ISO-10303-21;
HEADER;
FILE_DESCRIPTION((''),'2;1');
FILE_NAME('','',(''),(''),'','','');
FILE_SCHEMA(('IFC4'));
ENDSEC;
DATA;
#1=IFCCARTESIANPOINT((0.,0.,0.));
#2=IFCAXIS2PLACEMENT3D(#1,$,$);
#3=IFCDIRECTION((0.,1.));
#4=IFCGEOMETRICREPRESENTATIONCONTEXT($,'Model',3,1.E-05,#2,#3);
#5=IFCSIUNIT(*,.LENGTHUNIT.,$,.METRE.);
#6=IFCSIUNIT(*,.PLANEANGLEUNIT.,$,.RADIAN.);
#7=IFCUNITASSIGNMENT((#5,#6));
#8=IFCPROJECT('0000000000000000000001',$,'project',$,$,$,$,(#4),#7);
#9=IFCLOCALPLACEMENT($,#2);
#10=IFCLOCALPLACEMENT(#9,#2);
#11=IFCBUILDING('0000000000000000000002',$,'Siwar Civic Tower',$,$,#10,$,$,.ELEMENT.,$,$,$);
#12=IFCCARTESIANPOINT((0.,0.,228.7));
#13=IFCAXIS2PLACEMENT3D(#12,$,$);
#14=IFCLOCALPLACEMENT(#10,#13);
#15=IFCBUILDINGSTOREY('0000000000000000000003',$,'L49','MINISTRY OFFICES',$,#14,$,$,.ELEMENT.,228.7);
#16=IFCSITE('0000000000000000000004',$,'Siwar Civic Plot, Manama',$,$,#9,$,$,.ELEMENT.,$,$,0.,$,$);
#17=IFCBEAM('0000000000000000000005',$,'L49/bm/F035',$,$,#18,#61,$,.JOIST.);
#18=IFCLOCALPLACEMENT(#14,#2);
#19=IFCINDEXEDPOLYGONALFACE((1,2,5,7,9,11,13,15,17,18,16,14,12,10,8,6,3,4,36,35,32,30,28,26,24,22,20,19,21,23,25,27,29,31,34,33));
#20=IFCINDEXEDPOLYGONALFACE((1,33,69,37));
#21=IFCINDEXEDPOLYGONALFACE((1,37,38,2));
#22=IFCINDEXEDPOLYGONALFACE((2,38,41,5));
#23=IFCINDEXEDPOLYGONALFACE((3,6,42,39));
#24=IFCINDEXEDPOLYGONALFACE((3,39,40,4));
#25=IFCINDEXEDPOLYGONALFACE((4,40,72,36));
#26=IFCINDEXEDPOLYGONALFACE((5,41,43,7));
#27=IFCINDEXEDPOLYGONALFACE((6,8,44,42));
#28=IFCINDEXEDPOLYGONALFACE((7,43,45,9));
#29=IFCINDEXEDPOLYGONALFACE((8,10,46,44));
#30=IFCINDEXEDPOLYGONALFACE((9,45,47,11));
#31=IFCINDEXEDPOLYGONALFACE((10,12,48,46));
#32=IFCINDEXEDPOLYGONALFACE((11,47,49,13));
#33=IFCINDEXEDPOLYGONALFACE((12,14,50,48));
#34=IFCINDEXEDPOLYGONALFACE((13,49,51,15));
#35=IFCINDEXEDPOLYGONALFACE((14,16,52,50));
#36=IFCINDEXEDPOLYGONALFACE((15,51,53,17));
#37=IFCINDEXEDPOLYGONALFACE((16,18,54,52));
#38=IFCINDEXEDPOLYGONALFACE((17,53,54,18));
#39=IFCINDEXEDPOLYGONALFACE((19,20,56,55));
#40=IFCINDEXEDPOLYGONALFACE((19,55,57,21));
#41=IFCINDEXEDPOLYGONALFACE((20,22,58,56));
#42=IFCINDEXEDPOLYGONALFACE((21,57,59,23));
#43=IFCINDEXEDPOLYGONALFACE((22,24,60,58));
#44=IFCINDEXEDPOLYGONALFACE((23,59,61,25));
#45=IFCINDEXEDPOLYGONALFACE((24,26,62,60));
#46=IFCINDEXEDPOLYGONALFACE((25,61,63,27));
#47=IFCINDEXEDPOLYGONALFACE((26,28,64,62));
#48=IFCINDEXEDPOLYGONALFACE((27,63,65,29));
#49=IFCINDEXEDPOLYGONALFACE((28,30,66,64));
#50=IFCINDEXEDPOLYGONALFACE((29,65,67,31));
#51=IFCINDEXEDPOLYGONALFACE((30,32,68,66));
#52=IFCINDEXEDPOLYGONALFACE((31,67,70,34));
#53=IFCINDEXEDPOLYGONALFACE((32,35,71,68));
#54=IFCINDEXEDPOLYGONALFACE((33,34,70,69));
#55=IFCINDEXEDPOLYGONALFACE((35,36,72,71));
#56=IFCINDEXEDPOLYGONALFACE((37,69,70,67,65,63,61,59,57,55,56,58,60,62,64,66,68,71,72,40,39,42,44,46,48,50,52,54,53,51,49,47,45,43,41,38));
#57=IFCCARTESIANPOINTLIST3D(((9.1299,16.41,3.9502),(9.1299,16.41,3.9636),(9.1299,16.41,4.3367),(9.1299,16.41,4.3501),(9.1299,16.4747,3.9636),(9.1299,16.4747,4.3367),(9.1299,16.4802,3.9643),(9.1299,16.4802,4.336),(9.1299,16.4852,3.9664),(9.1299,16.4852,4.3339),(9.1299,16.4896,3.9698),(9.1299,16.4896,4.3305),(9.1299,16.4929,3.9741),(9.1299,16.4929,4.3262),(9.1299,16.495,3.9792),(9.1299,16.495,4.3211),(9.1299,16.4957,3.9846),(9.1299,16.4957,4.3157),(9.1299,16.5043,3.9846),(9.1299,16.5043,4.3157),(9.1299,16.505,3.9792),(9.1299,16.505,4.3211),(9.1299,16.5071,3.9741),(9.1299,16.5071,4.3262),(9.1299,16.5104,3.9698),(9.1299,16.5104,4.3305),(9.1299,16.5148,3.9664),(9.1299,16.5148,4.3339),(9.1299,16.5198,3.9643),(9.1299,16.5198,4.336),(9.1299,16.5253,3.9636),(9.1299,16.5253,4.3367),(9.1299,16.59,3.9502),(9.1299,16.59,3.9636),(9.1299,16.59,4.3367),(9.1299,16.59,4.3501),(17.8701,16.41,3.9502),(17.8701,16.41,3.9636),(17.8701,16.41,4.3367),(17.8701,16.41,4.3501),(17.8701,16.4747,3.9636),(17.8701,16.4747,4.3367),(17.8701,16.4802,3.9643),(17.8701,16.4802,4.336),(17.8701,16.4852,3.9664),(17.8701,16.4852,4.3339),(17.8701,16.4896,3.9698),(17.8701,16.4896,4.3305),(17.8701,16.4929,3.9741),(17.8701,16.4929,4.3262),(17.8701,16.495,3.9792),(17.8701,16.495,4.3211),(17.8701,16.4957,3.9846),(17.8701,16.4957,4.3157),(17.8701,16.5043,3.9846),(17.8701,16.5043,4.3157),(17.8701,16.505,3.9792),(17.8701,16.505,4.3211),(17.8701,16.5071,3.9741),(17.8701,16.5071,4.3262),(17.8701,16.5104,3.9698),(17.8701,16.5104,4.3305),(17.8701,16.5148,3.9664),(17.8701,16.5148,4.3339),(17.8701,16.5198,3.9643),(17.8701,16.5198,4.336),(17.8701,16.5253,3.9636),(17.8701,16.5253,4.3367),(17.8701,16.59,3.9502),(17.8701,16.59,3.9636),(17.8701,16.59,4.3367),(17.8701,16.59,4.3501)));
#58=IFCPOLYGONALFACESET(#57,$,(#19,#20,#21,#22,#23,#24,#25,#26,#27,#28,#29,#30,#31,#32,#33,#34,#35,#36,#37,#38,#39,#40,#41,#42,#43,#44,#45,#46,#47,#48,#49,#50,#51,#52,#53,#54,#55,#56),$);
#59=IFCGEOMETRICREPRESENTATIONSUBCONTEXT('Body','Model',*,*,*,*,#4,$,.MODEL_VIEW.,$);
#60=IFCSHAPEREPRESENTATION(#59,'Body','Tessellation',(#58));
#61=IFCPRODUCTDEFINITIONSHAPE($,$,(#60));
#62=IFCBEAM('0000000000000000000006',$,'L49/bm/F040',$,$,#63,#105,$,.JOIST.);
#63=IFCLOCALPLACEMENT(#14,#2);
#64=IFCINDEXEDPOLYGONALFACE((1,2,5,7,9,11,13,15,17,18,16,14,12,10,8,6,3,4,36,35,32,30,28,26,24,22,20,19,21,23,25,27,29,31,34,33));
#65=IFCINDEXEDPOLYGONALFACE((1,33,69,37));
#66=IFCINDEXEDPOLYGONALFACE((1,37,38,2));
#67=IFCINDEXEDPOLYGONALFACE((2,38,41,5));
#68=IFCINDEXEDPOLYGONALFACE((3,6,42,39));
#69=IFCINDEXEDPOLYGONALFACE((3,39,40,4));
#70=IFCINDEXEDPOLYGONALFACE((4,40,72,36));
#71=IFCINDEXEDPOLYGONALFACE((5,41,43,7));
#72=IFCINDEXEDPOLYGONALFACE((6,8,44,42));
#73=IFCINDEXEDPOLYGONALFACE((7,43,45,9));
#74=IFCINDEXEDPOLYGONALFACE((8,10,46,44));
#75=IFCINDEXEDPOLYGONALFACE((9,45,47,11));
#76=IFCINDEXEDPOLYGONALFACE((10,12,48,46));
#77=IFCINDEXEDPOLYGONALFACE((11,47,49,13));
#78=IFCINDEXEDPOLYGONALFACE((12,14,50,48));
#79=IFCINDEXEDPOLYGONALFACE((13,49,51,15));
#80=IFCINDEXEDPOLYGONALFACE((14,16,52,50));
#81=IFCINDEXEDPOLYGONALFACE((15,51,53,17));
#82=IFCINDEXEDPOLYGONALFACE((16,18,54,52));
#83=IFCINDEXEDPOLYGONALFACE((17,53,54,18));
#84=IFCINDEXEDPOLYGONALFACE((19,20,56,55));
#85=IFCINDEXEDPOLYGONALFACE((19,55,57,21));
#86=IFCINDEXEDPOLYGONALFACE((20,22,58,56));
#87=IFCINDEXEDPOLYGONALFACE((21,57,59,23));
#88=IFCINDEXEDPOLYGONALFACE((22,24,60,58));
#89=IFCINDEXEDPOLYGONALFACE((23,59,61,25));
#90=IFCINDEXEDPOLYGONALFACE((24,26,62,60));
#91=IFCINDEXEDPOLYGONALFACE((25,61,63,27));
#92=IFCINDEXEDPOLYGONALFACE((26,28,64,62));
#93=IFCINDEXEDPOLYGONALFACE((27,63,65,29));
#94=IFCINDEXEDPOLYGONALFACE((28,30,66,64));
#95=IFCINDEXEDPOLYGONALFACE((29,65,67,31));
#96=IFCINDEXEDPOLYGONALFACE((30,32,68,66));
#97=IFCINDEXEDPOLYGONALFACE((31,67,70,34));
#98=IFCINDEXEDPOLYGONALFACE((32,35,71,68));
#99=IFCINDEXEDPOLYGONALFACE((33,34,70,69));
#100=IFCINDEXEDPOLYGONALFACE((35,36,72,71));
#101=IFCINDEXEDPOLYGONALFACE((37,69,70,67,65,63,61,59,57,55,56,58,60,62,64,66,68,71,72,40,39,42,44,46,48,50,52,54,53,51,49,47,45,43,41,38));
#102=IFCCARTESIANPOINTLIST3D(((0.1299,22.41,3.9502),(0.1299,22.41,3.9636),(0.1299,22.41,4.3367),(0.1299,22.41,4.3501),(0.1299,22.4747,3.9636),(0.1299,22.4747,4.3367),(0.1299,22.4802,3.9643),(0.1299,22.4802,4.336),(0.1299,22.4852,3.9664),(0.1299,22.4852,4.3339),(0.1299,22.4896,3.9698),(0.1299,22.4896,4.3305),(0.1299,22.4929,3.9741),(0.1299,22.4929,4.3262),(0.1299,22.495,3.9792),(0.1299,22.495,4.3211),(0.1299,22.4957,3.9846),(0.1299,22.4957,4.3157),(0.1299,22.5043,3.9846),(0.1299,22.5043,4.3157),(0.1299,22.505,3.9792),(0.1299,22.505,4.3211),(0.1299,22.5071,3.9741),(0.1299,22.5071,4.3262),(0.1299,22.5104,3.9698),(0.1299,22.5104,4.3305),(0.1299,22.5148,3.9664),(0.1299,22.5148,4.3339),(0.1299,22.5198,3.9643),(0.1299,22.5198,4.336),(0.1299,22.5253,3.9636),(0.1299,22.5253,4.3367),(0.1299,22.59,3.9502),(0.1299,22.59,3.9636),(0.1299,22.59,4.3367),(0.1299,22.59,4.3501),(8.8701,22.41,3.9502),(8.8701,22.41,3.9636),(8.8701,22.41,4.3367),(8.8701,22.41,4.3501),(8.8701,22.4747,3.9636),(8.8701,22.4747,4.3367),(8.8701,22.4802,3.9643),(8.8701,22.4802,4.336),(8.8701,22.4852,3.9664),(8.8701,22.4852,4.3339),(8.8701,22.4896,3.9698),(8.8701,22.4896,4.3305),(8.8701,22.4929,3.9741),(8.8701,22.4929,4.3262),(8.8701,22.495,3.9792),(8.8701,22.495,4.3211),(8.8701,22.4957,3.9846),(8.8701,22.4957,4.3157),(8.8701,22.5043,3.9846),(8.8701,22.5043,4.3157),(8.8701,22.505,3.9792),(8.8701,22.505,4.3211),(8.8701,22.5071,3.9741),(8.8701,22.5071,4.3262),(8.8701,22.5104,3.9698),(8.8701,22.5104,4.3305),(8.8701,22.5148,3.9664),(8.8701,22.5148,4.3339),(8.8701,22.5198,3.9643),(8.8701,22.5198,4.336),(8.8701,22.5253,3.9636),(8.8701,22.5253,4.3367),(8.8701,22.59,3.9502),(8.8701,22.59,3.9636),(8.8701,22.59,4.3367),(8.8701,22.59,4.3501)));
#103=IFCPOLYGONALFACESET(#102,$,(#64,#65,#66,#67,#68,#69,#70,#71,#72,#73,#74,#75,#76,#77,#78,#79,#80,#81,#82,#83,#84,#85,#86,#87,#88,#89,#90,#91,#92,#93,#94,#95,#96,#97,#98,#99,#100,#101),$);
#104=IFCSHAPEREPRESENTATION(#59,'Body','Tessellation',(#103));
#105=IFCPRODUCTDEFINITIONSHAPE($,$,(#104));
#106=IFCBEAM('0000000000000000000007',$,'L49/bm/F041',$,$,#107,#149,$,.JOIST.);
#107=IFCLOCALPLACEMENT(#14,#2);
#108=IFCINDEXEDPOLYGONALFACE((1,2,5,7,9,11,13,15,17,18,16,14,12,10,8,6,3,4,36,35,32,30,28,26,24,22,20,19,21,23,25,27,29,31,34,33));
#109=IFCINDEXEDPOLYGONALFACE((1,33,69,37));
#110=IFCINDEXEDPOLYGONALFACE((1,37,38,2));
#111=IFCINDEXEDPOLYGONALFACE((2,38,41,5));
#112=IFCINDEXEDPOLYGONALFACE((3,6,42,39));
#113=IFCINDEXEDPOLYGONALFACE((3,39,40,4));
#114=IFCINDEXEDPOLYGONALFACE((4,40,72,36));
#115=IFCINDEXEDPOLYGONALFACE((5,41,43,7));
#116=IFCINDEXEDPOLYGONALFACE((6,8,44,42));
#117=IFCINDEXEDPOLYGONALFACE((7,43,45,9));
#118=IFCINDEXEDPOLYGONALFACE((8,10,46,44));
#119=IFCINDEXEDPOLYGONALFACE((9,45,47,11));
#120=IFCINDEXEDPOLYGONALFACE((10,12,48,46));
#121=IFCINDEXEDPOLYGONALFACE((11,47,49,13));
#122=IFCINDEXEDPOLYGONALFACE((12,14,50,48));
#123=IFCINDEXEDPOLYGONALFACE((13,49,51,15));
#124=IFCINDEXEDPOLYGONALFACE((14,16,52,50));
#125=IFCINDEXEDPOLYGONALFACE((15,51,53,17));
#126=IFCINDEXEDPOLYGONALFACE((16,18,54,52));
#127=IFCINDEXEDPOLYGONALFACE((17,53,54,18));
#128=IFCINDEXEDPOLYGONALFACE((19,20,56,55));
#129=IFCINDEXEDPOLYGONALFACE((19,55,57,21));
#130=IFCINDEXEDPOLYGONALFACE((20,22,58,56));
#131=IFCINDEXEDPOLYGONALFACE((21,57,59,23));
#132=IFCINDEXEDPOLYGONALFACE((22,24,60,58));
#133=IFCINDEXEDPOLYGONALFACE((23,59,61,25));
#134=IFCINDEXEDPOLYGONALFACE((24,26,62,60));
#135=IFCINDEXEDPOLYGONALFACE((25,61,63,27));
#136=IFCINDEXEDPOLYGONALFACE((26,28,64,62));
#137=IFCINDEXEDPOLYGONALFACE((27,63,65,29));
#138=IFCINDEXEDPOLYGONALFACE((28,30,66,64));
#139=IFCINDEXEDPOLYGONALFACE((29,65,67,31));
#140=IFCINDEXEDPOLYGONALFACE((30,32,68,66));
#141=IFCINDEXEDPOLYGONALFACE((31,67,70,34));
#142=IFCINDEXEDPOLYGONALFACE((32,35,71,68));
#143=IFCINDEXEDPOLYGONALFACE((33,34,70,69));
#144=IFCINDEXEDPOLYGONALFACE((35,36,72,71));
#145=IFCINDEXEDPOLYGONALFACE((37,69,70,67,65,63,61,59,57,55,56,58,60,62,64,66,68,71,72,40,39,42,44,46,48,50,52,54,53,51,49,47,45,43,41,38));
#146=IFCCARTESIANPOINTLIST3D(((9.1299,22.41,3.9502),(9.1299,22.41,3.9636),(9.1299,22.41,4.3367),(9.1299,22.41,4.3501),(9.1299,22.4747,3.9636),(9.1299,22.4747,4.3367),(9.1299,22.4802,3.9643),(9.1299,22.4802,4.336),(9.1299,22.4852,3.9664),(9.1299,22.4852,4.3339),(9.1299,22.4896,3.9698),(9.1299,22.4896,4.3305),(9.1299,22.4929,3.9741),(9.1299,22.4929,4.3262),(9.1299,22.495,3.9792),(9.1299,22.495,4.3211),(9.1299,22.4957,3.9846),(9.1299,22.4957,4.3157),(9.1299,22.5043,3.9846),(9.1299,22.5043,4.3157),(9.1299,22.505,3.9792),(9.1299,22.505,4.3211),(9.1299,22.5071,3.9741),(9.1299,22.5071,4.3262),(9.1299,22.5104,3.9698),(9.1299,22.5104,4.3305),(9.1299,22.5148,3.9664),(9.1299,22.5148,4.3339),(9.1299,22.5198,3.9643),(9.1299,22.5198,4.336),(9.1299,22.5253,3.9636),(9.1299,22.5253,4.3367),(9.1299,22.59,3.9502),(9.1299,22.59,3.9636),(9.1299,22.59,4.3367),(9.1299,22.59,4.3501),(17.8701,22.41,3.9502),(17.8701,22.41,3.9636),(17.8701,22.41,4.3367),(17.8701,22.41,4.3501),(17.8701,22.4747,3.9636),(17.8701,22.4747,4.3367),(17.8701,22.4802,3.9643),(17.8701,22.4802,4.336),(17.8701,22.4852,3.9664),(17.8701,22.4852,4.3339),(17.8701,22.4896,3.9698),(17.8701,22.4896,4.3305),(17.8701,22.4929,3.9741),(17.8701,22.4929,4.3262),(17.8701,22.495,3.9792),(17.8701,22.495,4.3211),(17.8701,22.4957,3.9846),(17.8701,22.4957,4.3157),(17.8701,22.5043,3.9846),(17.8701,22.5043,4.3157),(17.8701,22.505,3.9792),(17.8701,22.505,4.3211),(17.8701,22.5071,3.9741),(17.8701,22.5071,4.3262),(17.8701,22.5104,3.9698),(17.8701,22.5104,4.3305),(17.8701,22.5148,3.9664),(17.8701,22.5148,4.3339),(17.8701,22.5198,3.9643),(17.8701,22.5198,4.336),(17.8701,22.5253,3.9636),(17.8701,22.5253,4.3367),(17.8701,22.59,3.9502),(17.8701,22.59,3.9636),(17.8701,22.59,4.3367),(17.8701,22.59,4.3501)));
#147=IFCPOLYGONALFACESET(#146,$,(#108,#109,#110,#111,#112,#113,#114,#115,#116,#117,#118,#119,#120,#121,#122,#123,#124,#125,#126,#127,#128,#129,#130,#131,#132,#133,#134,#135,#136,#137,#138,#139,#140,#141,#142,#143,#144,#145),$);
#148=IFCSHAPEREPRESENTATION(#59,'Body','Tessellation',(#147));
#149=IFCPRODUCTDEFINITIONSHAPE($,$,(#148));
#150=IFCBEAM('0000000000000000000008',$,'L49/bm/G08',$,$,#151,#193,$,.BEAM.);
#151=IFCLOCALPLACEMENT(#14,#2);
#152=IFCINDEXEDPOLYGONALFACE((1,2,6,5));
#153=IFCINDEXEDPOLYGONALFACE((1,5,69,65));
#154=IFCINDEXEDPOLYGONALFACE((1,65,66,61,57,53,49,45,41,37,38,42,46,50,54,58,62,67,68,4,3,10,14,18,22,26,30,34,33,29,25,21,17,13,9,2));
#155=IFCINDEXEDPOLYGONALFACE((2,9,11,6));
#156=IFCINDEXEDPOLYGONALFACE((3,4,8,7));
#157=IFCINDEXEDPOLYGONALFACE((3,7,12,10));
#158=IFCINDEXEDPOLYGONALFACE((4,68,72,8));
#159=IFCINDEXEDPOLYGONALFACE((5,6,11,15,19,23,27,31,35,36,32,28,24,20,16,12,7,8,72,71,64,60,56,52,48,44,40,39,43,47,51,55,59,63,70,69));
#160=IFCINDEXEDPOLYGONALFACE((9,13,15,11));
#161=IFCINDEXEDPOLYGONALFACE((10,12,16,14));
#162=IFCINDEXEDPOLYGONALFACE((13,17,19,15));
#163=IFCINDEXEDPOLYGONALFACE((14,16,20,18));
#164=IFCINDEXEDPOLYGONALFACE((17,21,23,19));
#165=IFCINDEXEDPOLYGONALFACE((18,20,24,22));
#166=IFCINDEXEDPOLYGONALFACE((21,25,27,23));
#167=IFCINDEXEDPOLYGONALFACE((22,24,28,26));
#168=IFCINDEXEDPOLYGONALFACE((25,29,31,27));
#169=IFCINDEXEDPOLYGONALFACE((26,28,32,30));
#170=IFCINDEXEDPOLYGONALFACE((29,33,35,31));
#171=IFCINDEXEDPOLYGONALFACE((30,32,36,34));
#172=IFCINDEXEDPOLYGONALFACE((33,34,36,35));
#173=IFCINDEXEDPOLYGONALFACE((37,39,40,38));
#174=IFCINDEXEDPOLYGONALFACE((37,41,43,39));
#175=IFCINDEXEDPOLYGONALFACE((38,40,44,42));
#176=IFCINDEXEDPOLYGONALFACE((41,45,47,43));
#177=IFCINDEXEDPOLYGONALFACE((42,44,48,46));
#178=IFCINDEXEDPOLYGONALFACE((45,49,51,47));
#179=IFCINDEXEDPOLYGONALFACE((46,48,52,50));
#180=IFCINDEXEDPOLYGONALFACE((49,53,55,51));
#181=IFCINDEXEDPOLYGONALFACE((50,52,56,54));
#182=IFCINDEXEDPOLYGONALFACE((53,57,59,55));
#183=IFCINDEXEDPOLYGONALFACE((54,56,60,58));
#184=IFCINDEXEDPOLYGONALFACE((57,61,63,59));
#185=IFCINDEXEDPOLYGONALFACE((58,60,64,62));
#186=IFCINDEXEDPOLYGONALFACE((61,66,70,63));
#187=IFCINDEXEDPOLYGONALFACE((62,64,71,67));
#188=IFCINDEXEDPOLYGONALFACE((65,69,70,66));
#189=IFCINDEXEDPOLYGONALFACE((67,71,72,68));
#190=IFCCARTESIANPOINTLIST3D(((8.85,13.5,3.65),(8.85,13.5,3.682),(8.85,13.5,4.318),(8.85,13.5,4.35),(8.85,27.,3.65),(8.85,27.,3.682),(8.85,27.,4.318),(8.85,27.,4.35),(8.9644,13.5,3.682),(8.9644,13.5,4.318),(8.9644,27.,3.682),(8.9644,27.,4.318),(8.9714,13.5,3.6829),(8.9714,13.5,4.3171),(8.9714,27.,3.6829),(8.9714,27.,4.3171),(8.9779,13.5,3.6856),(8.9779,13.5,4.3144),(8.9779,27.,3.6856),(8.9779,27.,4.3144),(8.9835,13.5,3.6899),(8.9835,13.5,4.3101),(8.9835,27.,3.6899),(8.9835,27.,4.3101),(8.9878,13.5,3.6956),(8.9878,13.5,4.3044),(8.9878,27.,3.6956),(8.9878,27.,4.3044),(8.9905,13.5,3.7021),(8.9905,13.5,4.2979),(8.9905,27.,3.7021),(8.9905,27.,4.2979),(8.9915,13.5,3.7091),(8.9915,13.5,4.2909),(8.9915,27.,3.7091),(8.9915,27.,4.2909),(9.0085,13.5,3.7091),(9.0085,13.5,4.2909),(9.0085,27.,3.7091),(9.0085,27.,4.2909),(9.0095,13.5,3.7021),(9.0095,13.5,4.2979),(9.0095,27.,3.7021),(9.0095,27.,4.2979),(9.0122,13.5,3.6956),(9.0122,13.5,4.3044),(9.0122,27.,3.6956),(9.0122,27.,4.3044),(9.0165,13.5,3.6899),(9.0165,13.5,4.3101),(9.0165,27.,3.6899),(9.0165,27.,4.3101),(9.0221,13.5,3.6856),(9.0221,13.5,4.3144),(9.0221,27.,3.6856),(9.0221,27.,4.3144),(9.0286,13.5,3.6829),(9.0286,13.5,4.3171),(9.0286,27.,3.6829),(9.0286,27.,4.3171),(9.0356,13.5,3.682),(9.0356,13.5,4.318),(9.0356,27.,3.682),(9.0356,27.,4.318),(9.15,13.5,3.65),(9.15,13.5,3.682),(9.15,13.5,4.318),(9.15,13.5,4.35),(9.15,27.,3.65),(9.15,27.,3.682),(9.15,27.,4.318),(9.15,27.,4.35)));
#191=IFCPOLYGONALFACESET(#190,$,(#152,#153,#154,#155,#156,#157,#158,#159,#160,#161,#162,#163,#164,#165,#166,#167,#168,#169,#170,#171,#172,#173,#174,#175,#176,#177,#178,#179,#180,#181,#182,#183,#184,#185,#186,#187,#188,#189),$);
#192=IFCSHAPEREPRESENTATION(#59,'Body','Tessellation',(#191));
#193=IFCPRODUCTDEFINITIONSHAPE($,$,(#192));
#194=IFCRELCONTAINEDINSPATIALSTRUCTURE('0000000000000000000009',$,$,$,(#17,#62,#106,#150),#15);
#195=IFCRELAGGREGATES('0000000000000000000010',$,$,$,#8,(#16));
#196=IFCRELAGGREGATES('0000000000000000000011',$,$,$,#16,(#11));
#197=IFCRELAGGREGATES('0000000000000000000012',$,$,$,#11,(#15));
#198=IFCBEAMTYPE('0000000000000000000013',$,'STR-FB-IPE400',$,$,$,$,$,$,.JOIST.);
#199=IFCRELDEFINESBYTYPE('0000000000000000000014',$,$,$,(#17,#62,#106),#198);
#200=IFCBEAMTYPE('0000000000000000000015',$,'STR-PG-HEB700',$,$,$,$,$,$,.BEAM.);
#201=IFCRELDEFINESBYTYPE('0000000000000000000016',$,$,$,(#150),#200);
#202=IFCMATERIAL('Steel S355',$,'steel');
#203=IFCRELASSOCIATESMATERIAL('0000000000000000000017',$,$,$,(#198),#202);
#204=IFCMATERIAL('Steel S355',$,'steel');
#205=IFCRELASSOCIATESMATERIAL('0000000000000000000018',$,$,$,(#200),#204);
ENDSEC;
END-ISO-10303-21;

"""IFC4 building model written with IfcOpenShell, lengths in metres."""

from ifc_helpers import new_model, si_unit, direction, frame, origin, origin_2d, place, context, subcontext, project, spatial, i_section, extrude, material, material_profile, profile_set, type_object, element, save


model = new_model("IFC4")

# Units and contexts
model_context = context("Model", 3, precision=1e-05, world=origin(), true_north=direction((0.0, 1.0)))
body_context = subcontext(model_context, "Body", "Model", "MODEL_VIEW")
ifc_project = project(units=[si_unit("LENGTHUNIT", "METRE"), si_unit("PLANEANGLEUNIT", "RADIAN")], contexts=[model_context])

# Site, building, storey
site_placement = place(None, origin())
site = spatial("IfcSite", under=ifc_project, at=site_placement, Name="Siwar Civic Plot, Manama", CompositionType="ELEMENT", RefElevation=0.0)
building_placement = place(site_placement, origin())
building = spatial("IfcBuilding", under=site, at=building_placement, Name="Siwar Civic Tower", CompositionType="ELEMENT")
storey_placement = place(building_placement, frame((0.0, 0.0, 228.7)))
storey = spatial("IfcBuildingStorey", under=building, at=storey_placement, Name="L49", Description="MINISTRY OFFICES", CompositionType="ELEMENT", Elevation=228.7)

# Beams
ifc_material_1 = material(Name="Steel S355", Category="steel")
ifc_material_profile_1 = material_profile(ifc_material_1, i_section(OverallWidth=0.1799, OverallDepth=0.3999, WebThickness=0.0085, FlangeThickness=0.0134, FilletRadius=0.021, at=origin_2d()), Name="IPE400")
ifc_profile_set_1 = profile_set([ifc_material_profile_1], Name="Steel S355")
beam_type_1 = type_object("IfcBeamType", Name="STR-FB-IPE400", PredefinedType="JOIST", material=ifc_profile_set_1)
for number, where, z_axis, x_axis, name in (
    (1, (9.1299, 16.5, 4.1501), (1.0, 0.0, 0.0), (0.0, 1.0, 0.0), "L49/bm/F035"),
    (2, (0.1299, 22.5, 4.1501), (1.0, 0.0, 0.0), (0.0, 1.0, 0.0), "L49/bm/F040"),
    (3, (9.1299, 22.5, 4.1501), (1.0, 0.0, 0.0), (0.0, 1.0, 0.0), "L49/bm/F041"),
):
    element("IfcBeam", number, at=place(storey_placement, frame(where, z_axis=z_axis, x_axis=x_axis)), inside=storey, type_object=beam_type_1, Name=name, PredefinedType="JOIST", context=body_context, shape_type="SweptSolid", body=[
        extrude(i_section(OverallWidth=0.1799, OverallDepth=0.3999, WebThickness=0.0085, FlangeThickness=0.0134, FilletRadius=0.021, at=origin_2d()), origin(), (0.0, 0.0, 1.0), 8.7402),
    ])
ifc_material_2 = material(Name="Steel S355", Category="steel")
ifc_material_profile_2 = material_profile(ifc_material_2, i_section(OverallWidth=0.3, OverallDepth=0.7, WebThickness=0.0171, FlangeThickness=0.032, FilletRadius=0.0271, at=origin_2d()), Name="HEB700")
ifc_profile_set_2 = profile_set([ifc_material_profile_2], Name="Steel S355")
beam_type_2 = type_object("IfcBeamType", Name="STR-PG-HEB700", PredefinedType="BEAM", material=ifc_profile_set_2)
beam_1_placement = place(storey_placement, frame((9.0, 13.5, 4.0), z_axis=(0.0, 1.0, 0.0), x_axis=(-1.0, 0.0, 0.0)))
element("IfcBeam", 4, at=beam_1_placement, inside=storey, type_object=beam_type_2, Name="L49/bm/G08", PredefinedType="BEAM", context=body_context, shape_type="SweptSolid", body=[
    extrude(i_section(OverallWidth=0.3, OverallDepth=0.7, WebThickness=0.0171, FlangeThickness=0.032, FilletRadius=0.0271, at=origin_2d()), origin(), (0.0, 0.0, 1.0), 13.5),
])

save(model, "model.ifc")
